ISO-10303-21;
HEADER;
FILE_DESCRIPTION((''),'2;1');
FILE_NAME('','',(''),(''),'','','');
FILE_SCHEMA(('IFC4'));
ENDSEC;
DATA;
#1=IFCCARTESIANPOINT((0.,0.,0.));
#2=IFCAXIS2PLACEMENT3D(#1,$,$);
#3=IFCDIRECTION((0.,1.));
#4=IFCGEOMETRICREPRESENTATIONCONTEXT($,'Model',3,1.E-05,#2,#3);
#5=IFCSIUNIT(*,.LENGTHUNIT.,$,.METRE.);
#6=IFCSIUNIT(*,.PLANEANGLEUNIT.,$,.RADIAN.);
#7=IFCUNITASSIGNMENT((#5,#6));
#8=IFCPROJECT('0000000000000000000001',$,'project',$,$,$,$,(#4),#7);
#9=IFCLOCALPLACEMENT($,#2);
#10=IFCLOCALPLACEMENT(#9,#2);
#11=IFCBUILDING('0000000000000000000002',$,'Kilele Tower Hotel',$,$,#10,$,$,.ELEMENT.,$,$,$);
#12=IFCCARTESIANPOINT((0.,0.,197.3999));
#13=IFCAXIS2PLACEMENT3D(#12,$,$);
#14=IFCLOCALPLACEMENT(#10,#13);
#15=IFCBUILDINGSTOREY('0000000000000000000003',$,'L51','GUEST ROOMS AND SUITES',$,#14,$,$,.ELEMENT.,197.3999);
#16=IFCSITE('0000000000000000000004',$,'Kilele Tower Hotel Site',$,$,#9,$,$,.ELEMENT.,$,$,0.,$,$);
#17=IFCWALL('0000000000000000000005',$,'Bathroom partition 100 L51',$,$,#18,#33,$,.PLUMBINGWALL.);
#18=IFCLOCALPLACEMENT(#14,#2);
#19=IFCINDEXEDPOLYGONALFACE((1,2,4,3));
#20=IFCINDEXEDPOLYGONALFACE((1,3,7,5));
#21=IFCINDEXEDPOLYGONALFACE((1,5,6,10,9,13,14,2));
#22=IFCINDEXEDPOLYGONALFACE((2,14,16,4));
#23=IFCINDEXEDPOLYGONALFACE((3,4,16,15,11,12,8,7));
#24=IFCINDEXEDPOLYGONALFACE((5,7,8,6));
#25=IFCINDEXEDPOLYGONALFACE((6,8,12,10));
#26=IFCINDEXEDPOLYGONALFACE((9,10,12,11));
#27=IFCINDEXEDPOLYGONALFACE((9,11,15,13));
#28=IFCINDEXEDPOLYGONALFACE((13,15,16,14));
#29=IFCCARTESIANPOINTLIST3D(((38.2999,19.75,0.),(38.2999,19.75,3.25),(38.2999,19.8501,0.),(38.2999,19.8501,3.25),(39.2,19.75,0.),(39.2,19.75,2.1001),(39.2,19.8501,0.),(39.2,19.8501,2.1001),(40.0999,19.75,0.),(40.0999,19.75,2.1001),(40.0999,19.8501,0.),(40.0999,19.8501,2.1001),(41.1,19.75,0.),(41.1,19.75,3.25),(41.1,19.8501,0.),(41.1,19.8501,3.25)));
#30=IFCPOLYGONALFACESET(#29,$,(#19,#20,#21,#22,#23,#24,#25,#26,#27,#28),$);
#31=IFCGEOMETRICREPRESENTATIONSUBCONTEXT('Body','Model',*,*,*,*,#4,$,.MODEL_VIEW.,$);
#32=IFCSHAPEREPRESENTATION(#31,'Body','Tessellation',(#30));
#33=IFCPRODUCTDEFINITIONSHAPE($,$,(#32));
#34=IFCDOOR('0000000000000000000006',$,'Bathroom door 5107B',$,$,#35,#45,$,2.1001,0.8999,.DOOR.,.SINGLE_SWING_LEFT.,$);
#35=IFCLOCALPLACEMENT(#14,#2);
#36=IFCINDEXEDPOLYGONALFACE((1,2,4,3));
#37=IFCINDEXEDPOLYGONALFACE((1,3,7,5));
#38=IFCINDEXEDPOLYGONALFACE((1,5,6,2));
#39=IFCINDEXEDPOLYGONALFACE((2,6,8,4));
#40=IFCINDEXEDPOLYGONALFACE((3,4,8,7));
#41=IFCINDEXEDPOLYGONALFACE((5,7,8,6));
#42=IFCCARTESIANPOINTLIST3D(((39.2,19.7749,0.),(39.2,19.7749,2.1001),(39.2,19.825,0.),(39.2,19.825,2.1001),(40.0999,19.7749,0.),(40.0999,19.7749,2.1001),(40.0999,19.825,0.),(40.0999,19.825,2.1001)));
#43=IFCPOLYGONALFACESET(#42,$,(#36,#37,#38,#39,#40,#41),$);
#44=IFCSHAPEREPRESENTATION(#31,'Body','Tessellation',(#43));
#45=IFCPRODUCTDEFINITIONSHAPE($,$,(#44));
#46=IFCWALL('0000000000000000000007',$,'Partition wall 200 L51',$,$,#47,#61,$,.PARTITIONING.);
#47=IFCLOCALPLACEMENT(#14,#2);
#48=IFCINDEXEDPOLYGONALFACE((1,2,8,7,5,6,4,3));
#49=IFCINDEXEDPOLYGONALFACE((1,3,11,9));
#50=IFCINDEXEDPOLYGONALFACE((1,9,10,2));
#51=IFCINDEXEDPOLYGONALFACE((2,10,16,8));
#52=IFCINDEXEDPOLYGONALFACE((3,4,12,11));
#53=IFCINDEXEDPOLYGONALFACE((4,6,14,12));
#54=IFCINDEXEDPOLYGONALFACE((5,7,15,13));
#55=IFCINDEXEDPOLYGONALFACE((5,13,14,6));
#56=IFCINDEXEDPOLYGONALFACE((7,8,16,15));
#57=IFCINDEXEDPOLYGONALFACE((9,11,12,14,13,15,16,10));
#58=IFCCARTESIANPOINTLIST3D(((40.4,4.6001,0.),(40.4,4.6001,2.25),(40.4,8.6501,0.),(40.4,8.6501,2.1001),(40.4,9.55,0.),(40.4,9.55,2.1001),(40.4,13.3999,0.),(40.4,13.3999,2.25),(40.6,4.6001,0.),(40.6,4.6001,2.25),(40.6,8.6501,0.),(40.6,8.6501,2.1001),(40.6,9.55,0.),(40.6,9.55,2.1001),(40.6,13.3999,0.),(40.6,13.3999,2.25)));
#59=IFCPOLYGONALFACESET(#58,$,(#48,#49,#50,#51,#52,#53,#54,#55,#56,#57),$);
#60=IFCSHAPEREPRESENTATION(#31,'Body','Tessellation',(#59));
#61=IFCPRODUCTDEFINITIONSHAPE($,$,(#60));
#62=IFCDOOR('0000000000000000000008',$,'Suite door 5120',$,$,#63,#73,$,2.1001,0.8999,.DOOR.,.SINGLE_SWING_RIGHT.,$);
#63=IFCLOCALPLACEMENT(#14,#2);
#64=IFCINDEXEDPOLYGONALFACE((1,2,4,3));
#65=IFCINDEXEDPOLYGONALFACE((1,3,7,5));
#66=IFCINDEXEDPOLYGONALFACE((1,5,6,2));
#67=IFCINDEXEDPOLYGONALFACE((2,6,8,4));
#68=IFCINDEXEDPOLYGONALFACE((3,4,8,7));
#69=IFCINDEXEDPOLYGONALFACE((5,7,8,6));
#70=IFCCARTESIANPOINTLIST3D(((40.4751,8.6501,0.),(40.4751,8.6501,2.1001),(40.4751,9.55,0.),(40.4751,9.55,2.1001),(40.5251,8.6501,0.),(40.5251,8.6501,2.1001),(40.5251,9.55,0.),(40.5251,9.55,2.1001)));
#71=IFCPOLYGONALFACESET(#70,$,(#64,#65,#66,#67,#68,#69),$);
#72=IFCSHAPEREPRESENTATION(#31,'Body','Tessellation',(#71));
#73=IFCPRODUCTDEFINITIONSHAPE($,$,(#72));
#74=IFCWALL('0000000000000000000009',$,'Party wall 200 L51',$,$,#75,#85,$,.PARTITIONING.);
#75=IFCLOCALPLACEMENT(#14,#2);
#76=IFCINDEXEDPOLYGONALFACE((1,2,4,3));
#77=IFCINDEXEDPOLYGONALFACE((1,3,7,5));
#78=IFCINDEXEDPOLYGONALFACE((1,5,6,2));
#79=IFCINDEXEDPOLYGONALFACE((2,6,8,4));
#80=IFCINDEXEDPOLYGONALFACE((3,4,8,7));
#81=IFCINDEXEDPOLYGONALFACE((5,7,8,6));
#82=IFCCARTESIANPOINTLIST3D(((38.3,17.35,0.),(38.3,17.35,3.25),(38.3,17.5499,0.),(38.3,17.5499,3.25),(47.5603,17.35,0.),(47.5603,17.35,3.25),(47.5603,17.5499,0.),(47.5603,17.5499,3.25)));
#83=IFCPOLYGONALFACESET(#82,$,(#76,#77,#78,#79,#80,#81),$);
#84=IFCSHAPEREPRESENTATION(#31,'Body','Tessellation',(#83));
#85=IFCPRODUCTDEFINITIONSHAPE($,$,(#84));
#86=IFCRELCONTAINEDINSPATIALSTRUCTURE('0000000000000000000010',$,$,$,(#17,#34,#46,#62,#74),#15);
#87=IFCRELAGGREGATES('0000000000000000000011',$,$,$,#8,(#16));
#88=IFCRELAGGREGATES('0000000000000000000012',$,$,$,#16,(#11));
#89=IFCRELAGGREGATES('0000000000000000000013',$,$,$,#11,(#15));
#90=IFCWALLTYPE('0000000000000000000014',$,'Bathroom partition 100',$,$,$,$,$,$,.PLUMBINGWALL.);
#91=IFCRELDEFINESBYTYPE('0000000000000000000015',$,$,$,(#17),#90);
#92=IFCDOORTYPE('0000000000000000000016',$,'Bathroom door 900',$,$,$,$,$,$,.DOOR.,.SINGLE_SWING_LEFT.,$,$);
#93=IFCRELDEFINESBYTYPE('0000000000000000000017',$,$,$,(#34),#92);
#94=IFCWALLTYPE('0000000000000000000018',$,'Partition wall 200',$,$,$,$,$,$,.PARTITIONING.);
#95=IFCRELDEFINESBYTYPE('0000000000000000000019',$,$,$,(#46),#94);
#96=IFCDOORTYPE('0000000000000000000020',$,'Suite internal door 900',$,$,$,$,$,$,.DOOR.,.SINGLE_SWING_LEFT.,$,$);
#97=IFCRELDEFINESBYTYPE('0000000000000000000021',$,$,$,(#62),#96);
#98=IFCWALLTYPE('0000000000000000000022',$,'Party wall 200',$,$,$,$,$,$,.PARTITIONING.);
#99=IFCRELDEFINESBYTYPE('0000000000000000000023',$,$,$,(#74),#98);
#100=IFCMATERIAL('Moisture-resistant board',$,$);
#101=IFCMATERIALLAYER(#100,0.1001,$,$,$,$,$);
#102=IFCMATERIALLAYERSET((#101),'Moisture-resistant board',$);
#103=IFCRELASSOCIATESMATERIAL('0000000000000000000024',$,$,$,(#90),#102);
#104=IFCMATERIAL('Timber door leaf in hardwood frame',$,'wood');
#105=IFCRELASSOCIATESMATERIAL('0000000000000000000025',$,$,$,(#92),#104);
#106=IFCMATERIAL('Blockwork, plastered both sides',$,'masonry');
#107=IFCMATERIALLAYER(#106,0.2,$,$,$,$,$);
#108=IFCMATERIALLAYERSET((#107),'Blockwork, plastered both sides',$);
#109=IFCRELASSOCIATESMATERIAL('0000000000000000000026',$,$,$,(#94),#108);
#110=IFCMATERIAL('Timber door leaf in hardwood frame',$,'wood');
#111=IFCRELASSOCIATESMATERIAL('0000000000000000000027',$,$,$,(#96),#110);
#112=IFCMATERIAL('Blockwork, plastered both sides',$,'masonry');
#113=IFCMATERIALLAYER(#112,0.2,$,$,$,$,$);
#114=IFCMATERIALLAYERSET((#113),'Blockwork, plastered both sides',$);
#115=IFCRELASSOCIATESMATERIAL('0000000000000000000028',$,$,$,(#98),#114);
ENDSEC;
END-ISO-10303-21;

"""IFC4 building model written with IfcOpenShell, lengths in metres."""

from ifc_helpers import new_model, si_unit, direction, frame, frame_2d, origin, place, context, subcontext, project, spatial, rectangle, extrude, material, layer, layer_set, type_object, element, fill, save


model = new_model("IFC4")

# Units and contexts
model_context = context("Model", 3, precision=1e-05, world=origin(), true_north=direction((0.0, 1.0)))
body_context = subcontext(model_context, "Body", "Model", "MODEL_VIEW")
ifc_project = project(units=[si_unit("LENGTHUNIT", "METRE"), si_unit("PLANEANGLEUNIT", "RADIAN")], contexts=[model_context])

# Site, building, storey
site_placement = place(None, origin())
site = spatial("IfcSite", under=ifc_project, at=site_placement, Name="Kilele Tower Hotel Site", CompositionType="ELEMENT", RefElevation=0.0)
building_placement = place(site_placement, origin())
building = spatial("IfcBuilding", under=site, at=building_placement, Name="Kilele Tower Hotel", CompositionType="ELEMENT")
storey_placement = place(building_placement, frame((0.0, 0.0, 197.3999)))
storey = spatial("IfcBuildingStorey", under=building, at=storey_placement, Name="L51", Description="GUEST ROOMS AND SUITES", CompositionType="ELEMENT", Elevation=197.3999)

# Shared definitions
ifc_material_1 = material(Name="Moisture-resistant board")
ifc_layer_1 = layer(ifc_material_1, 0.1001)
ifc_layer_set_1 = layer_set([ifc_layer_1], Name="Moisture-resistant board")
wall_type_1 = type_object("IfcWallType", Name="Bathroom partition 100", PredefinedType="PLUMBINGWALL", material=ifc_layer_set_1)

# Shared definitions
ifc_material_2 = material(Name="Timber door leaf in hardwood frame", Category="wood")
door_type_1 = type_object("IfcDoorType", Name="Bathroom door 900", OperationType="SINGLE_SWING_LEFT", PredefinedType="DOOR", material=ifc_material_2)

# Walls, openings, doors
wall_1_placement = place(storey_placement, frame((38.3, 19.8, 0.0), z_axis=(0.0, 0.0, 1.0), x_axis=(1.0, 0.0, 0.0)))
wall_1 = element("IfcWall", 1, at=wall_1_placement, inside=storey, type_object=wall_type_1, Name="Bathroom partition 100 L51", PredefinedType="PLUMBINGWALL", context=body_context, shape_type="SweptSolid", body=[
    extrude(rectangle(XDim=2.8, YDim=0.1001, at=frame_2d((1.3999, 0.0))), origin(), (0.0, 0.0, 1.0), 3.25),
])
opening_1_placement = place(wall_1_placement, frame((0.8999, 0.0, 0.0)))
opening_1 = element("IfcOpeningElement", 2, at=opening_1_placement, cuts=wall_1, PredefinedType="OPENING", context=body_context, shape_type="SweptSolid", body=[
    extrude(rectangle(XDim=0.8999, YDim=2.1001, at=frame_2d((0.45, 1.05))), frame((0.0, 0.0601, 0.0), z_axis=(0.0, -1.0, 0.0), x_axis=(1.0, 0.0, 0.0)), (0.0, 0.0, 1.0), 0.1201),
])
door_1_placement = place(opening_1_placement, origin())
door_1 = element("IfcDoor", 3, at=door_1_placement, inside=storey, type_object=door_type_1, Name="Bathroom door 5107B", OperationType="SINGLE_SWING_LEFT", OverallHeight=2.1001, OverallWidth=0.8999, PredefinedType="DOOR", context=body_context, shape_type="SweptSolid", body=[
    extrude(rectangle(XDim=0.8999, YDim=2.1001, at=frame_2d((0.45, 1.05))), frame((0.0, 0.0249, 0.0), z_axis=(0.0, -1.0, 0.0), x_axis=(1.0, 0.0, 0.0)), (0.0, 0.0, 1.0), 0.05),
])
fill(opening_1, door_1)
ifc_material_3 = material(Name="Blockwork, plastered both sides", Category="masonry")
ifc_layer_2 = layer(ifc_material_3, 0.2)
ifc_layer_set_2 = layer_set([ifc_layer_2], Name="Blockwork, plastered both sides")
wall_type_2 = type_object("IfcWallType", Name="Partition wall 200", PredefinedType="PARTITIONING", material=ifc_layer_set_2)
wall_2_placement = place(storey_placement, frame((40.5, 4.6001, 0.0), z_axis=(0.0, 0.0, 1.0), x_axis=(0.0, 1.0, 0.0)))
wall_2 = element("IfcWall", 4, at=wall_2_placement, inside=storey, type_object=wall_type_2, Name="Partition wall 200 L51", PredefinedType="PARTITIONING", context=body_context, shape_type="SweptSolid", body=[
    extrude(rectangle(XDim=8.7998, YDim=0.2, at=frame_2d((4.3999, 0.0))), origin(), (0.0, 0.0, 1.0), 2.25),
])
opening_2_placement = place(wall_2_placement, frame((4.05, 0.0, 0.0)))
opening_2 = element("IfcOpeningElement", 5, at=opening_2_placement, cuts=wall_2, PredefinedType="OPENING", context=body_context, shape_type="SweptSolid", body=[
    extrude(rectangle(XDim=0.8999, YDim=2.1001, at=frame_2d((0.45, 1.05))), frame((0.0, 0.1099, 0.0), z_axis=(0.0, -1.0, 0.0), x_axis=(1.0, 0.0, 0.0)), (0.0, 0.0, 1.0), 0.22),
])
ifc_material_4 = material(Name="Timber door leaf in hardwood frame", Category="wood")
door_type_2 = type_object("IfcDoorType", Name="Suite internal door 900", OperationType="SINGLE_SWING_LEFT", PredefinedType="DOOR", material=ifc_material_4)
door_2_placement = place(opening_2_placement, origin())
door_2 = element("IfcDoor", 6, at=door_2_placement, inside=storey, type_object=door_type_2, Name="Suite door 5120", OperationType="SINGLE_SWING_RIGHT", OverallHeight=2.1001, OverallWidth=0.8999, PredefinedType="DOOR", context=body_context, shape_type="SweptSolid", body=[
    extrude(rectangle(XDim=0.8999, YDim=2.1001, at=frame_2d((0.45, 1.05))), frame((0.0, 0.0249, 0.0), z_axis=(0.0, -1.0, 0.0), x_axis=(1.0, 0.0, 0.0)), (0.0, 0.0, 1.0), 0.05),
])
fill(opening_2, door_2)

# Wall
ifc_material_5 = material(Name="Blockwork, plastered both sides", Category="masonry")
ifc_layer_3 = layer(ifc_material_5, 0.2)
ifc_layer_set_3 = layer_set([ifc_layer_3], Name="Blockwork, plastered both sides")
wall_type_3 = type_object("IfcWallType", Name="Party wall 200", PredefinedType="PARTITIONING", material=ifc_layer_set_3)
wall_3_placement = place(storey_placement, frame((38.3, 17.45, 0.0), z_axis=(0.0, 0.0, 1.0), x_axis=(1.0, 0.0, 0.0)))
element("IfcWall", 7, at=wall_3_placement, inside=storey, type_object=wall_type_3, Name="Party wall 200 L51", PredefinedType="PARTITIONING", context=body_context, shape_type="SweptSolid", body=[
    extrude(rectangle(XDim=9.2603, YDim=0.2, at=frame_2d((4.6301, 0.0))), origin(), (0.0, 0.0, 1.0), 3.25),
])

save(model, "model.ifc")
